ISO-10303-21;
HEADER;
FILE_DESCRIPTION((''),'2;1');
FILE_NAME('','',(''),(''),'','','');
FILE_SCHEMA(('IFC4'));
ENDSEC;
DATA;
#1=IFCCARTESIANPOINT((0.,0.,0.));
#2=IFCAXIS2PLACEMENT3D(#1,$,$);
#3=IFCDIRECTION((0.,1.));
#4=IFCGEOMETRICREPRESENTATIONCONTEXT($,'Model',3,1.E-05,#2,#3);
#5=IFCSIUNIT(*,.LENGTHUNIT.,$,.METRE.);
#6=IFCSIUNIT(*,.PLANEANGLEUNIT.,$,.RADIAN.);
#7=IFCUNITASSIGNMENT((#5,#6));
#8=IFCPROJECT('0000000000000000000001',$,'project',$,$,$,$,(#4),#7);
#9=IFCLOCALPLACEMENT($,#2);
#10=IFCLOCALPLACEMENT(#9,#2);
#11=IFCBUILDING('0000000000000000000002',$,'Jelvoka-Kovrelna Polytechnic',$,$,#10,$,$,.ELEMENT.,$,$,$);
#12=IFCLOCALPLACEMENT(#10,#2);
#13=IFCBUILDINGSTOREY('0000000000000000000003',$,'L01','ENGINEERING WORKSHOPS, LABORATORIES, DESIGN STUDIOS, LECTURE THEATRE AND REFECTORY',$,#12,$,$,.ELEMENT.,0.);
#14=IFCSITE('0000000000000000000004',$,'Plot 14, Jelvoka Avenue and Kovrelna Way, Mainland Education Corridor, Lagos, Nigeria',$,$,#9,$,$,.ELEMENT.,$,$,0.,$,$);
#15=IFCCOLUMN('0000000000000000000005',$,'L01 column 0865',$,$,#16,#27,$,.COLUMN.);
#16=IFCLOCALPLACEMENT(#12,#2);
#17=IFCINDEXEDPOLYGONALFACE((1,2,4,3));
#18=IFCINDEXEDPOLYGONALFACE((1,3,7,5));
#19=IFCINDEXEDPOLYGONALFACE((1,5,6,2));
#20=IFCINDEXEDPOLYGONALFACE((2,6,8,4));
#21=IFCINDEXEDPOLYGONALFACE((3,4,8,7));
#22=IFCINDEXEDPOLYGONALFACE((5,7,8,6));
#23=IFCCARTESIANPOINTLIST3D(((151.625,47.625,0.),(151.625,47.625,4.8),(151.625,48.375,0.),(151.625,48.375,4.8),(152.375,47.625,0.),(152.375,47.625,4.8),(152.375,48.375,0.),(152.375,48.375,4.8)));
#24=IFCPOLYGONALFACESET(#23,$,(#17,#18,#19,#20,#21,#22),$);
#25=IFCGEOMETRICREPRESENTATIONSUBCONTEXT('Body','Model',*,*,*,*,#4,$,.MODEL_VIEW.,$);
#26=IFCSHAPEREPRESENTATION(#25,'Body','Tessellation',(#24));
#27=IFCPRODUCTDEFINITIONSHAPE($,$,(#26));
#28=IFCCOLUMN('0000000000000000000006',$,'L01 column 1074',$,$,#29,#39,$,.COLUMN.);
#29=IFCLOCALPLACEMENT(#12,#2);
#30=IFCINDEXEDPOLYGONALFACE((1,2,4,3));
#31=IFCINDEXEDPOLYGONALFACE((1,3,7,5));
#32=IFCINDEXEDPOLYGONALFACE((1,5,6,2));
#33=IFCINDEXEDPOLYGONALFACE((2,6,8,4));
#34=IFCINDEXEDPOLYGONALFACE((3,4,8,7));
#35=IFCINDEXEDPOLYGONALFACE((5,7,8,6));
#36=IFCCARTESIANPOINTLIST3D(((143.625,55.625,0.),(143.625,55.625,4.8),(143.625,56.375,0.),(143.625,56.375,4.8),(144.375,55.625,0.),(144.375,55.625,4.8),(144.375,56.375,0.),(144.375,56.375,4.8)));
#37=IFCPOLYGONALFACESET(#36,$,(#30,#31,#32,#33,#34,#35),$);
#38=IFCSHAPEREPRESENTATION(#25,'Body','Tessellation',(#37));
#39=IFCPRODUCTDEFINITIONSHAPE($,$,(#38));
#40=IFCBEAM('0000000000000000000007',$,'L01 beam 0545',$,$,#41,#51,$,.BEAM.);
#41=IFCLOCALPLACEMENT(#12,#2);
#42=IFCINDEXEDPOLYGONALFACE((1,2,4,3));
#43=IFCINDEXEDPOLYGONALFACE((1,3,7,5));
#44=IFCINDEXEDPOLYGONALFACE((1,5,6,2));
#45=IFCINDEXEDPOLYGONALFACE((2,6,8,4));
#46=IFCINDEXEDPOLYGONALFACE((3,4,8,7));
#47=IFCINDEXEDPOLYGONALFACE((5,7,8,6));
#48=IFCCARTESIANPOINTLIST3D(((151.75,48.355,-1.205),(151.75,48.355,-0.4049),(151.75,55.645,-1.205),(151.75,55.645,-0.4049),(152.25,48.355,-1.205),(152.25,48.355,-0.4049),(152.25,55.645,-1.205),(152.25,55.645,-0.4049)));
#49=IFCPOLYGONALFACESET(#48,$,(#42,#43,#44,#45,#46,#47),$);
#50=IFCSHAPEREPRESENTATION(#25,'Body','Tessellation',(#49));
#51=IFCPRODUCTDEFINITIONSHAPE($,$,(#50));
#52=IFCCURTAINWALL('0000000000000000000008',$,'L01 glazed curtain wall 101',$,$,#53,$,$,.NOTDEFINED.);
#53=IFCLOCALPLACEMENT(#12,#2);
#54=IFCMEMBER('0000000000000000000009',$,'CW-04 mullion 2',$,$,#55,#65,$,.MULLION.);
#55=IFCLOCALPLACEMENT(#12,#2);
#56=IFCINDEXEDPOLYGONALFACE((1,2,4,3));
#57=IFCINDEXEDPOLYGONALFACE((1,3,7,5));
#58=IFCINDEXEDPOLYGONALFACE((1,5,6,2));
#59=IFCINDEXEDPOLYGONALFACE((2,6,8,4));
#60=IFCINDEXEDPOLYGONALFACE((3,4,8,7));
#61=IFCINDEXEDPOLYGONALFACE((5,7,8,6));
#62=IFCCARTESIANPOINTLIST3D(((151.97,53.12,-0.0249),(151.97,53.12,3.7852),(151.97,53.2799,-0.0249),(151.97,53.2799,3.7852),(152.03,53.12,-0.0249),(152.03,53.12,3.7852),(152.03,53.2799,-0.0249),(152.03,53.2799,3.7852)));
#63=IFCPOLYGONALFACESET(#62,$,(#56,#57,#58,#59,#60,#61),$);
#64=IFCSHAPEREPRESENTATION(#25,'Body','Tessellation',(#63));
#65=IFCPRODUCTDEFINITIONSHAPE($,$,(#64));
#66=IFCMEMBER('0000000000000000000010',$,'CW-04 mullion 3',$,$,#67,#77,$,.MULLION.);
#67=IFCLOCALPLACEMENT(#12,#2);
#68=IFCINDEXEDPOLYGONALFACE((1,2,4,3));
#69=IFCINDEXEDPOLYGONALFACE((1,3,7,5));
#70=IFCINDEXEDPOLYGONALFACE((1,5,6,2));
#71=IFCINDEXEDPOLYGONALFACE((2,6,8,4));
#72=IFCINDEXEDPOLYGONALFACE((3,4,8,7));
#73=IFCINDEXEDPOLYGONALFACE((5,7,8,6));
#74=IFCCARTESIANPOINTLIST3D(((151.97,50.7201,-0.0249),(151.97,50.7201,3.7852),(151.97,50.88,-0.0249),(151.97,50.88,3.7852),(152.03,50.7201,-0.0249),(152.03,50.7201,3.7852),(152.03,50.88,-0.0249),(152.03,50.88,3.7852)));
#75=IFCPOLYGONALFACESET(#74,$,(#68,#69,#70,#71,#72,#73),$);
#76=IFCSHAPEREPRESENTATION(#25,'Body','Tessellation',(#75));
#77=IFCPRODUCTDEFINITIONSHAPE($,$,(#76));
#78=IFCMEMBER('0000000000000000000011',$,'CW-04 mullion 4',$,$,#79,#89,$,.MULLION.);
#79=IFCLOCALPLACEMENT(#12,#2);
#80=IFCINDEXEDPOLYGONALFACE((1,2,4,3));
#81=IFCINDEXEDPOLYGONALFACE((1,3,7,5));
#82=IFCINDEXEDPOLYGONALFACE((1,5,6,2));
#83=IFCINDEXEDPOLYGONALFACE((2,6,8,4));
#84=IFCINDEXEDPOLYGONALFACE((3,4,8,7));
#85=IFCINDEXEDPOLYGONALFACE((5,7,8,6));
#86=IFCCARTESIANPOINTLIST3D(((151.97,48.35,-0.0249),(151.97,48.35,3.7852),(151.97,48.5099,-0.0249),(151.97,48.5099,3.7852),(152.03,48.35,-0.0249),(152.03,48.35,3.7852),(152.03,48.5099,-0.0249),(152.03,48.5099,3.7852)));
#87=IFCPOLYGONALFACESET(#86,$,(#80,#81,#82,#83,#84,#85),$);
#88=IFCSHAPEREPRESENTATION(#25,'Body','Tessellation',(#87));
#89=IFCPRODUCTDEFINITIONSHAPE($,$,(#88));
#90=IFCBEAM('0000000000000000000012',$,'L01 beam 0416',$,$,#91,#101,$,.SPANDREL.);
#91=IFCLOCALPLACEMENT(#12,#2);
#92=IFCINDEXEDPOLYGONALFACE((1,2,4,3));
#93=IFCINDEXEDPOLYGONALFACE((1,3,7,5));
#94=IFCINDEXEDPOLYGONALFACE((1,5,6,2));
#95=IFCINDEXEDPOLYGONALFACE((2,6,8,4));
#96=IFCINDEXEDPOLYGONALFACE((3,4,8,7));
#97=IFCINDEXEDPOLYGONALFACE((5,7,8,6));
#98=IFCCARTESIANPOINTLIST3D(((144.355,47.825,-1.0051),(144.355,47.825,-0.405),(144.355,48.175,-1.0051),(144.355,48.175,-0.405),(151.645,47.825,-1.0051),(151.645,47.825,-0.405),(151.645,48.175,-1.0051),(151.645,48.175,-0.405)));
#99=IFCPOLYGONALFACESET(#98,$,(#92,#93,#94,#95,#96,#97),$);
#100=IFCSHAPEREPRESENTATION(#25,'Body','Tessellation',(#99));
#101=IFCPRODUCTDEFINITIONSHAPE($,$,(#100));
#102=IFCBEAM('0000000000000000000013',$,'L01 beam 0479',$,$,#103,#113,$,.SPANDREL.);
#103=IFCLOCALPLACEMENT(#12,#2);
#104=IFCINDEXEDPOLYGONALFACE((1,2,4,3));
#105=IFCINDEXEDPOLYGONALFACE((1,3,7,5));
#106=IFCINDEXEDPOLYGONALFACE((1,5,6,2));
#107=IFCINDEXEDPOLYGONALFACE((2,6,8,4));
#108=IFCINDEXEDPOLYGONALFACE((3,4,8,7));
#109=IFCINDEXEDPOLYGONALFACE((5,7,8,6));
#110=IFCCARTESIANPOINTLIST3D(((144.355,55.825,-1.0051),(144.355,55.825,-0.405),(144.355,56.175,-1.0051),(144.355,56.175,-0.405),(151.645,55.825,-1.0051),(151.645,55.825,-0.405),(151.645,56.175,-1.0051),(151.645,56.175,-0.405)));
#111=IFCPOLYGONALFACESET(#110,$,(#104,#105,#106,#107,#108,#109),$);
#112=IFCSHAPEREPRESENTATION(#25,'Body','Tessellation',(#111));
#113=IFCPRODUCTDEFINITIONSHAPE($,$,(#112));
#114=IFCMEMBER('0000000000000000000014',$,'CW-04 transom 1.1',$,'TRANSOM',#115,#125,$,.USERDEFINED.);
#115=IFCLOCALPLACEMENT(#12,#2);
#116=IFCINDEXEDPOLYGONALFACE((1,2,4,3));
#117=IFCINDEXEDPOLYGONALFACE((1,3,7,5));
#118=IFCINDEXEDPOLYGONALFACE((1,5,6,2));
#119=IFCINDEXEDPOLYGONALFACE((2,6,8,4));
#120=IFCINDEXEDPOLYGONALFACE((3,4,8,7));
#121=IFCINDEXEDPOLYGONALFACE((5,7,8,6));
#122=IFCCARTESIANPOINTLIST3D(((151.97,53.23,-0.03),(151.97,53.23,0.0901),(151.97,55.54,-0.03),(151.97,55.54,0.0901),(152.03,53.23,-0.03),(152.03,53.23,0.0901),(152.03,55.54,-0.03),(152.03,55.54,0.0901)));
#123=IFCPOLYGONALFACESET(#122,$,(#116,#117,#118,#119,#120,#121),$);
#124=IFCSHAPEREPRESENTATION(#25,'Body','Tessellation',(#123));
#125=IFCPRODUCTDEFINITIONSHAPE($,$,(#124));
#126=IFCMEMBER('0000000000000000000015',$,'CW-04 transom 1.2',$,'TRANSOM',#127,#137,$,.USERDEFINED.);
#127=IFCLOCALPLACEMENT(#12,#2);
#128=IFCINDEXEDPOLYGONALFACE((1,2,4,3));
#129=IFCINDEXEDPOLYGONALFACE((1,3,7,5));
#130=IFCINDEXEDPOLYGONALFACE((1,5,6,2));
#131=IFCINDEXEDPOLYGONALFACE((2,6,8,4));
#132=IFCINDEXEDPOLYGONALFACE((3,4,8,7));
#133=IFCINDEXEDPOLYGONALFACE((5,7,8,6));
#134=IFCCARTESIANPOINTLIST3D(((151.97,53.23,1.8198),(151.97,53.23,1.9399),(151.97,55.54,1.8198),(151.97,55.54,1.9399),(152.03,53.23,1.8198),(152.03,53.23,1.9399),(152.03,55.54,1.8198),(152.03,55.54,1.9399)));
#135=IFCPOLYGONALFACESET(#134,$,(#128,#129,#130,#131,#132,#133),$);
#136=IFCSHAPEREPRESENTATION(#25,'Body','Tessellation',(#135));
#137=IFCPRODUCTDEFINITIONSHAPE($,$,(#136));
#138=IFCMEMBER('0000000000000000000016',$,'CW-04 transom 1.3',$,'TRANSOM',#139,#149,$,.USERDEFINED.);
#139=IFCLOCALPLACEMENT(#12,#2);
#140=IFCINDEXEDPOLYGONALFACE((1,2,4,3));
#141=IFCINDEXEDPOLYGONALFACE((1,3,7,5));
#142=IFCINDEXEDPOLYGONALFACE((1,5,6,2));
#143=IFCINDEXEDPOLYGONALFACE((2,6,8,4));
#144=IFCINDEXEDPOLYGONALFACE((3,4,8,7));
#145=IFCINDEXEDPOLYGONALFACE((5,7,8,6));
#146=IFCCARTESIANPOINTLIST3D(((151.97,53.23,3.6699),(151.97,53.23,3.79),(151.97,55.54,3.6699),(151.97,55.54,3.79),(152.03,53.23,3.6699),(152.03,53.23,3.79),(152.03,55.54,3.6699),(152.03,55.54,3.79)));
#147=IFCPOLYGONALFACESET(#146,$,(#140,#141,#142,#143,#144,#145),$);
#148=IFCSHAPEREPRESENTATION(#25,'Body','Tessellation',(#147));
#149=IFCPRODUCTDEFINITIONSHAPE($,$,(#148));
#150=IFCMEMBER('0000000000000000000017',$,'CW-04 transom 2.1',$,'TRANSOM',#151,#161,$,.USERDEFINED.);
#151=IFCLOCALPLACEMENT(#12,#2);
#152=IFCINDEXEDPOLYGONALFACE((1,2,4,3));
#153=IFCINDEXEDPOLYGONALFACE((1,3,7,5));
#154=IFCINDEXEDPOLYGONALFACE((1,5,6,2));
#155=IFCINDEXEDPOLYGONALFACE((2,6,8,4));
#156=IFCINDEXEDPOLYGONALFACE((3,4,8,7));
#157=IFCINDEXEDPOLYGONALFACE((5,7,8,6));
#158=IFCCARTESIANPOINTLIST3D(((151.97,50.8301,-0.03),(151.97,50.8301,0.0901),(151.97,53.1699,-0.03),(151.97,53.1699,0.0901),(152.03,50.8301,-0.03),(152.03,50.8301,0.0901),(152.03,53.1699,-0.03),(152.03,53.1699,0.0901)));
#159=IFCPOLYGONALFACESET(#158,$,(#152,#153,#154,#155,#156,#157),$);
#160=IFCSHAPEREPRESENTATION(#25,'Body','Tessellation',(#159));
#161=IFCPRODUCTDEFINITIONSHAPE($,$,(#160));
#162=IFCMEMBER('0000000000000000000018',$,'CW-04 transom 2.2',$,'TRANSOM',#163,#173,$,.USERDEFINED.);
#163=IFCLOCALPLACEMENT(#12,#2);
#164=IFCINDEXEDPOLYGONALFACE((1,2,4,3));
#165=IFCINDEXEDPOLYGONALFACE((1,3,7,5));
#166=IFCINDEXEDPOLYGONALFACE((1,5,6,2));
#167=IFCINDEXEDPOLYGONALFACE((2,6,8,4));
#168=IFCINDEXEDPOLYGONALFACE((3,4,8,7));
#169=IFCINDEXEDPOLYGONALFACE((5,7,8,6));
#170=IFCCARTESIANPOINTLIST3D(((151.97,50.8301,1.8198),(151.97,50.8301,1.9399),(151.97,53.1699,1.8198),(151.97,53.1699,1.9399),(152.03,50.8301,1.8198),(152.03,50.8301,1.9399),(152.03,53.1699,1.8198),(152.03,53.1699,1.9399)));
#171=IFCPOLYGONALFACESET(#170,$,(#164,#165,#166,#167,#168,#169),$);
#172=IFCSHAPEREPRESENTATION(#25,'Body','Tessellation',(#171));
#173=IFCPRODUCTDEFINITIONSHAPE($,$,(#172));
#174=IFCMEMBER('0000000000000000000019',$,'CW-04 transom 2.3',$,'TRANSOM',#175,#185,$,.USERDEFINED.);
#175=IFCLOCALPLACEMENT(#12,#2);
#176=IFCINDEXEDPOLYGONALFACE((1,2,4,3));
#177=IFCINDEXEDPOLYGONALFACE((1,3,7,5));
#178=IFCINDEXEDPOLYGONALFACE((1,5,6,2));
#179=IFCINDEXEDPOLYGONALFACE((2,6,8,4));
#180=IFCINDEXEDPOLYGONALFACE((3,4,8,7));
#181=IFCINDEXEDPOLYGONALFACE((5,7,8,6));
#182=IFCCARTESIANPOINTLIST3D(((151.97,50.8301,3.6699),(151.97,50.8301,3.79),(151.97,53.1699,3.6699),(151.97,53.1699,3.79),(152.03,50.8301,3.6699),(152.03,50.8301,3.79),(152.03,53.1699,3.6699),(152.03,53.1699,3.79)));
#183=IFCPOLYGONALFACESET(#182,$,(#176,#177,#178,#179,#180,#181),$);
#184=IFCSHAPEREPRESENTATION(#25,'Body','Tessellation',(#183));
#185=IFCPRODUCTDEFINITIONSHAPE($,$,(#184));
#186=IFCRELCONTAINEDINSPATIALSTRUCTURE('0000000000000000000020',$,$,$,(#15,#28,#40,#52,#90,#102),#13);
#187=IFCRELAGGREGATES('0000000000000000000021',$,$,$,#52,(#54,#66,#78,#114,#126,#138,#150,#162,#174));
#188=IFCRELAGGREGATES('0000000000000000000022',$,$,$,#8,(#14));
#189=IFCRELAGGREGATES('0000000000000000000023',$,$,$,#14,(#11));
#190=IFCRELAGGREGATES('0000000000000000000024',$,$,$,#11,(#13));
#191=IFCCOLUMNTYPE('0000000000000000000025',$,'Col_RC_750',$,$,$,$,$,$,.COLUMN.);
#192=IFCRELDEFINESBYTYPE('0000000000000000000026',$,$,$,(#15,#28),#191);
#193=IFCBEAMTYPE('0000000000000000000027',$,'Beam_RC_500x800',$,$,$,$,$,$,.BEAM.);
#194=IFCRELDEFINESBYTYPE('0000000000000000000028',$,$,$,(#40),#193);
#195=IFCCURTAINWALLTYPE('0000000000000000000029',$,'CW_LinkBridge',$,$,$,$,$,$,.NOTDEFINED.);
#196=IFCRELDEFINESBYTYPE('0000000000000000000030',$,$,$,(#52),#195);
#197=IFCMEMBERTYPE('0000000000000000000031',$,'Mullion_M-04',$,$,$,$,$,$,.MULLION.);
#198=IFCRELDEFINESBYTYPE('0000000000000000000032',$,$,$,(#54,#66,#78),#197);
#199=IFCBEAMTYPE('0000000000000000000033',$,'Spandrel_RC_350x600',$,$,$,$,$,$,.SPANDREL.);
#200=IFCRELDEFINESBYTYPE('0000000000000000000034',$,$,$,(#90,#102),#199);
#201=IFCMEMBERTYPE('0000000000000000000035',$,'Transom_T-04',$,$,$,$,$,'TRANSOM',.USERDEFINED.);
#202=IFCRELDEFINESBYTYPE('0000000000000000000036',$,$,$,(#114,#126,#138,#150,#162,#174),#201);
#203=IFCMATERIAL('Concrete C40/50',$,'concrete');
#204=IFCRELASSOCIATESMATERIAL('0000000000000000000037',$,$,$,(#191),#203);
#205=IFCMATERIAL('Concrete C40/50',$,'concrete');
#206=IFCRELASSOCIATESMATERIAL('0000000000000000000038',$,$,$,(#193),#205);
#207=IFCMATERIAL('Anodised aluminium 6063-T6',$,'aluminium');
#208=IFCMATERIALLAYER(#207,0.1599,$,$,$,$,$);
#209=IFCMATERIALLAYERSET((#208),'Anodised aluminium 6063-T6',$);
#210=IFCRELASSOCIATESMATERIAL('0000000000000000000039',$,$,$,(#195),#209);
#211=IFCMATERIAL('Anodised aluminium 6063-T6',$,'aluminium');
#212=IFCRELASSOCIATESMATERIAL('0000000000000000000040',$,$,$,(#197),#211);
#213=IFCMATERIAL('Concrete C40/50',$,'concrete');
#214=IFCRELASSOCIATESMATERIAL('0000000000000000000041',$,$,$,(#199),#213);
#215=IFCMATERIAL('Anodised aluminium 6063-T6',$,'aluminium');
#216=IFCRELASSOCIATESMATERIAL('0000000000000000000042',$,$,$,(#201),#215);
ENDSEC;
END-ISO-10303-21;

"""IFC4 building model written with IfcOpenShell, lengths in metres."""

from ifc_helpers import new_model, si_unit, direction, frame, origin, origin_2d, place, context, subcontext, project, spatial, rectangle, extrude, material, layer, layer_set, material_profile, profile_set, type_object, element, aggregate, save


model = new_model("IFC4")

# Units and contexts
model_context = context("Model", 3, precision=1e-05, world=origin(), true_north=direction((0.0, 1.0)))
body_context = subcontext(model_context, "Body", "Model", "MODEL_VIEW")
ifc_project = project(units=[si_unit("LENGTHUNIT", "METRE"), si_unit("PLANEANGLEUNIT", "RADIAN")], contexts=[model_context])

# Site, building, storey
site_placement = place(None, origin())
site = spatial("IfcSite", under=ifc_project, at=site_placement, Name="Plot 14, Jelvoka Avenue and Kovrelna Way, Mainland Education Corridor, Lagos, Nigeria", CompositionType="ELEMENT", RefElevation=0.0)
building_placement = place(site_placement, origin())
building = spatial("IfcBuilding", under=site, at=building_placement, Name="Jelvoka-Kovrelna Polytechnic", CompositionType="ELEMENT")
storey_placement = place(building_placement, origin())
storey = spatial("IfcBuildingStorey", under=building, at=storey_placement, Name="L01", Description="ENGINEERING WORKSHOPS, LABORATORIES, DESIGN STUDIOS, LECTURE THEATRE AND REFECTORY", CompositionType="ELEMENT", Elevation=0.0)

# Columns
ifc_material_1 = material(Name="Concrete C40/50", Category="concrete")
ifc_material_profile_1 = material_profile(ifc_material_1, rectangle(XDim=0.75, YDim=0.75, at=origin_2d()), Name="RC 750x750")
ifc_profile_set_1 = profile_set([ifc_material_profile_1], Name="Concrete C40/50")
column_type = type_object("IfcColumnType", Name="Col_RC_750", PredefinedType="COLUMN", material=ifc_profile_set_1)
for number, where, z_axis, x_axis, name in (
    (1, (152.0, 48.0, 0.0), (0.0, 0.0, 1.0), (1.0, 0.0, 0.0), "L01 column 0865"),
    (2, (144.0, 56.0, 0.0), (0.0, 0.0, 1.0), (1.0, 0.0, 0.0), "L01 column 1074"),
):
    element("IfcColumn", number, at=place(storey_placement, frame(where, z_axis=z_axis, x_axis=x_axis)), inside=storey, type_object=column_type, Name=name, PredefinedType="COLUMN", context=body_context, shape_type="SweptSolid", body=[
        extrude(rectangle(XDim=0.75, YDim=0.75, at=origin_2d()), origin(), (0.0, 0.0, 1.0), 4.8),
    ])

# Beam
ifc_material_2 = material(Name="Concrete C40/50", Category="concrete")
ifc_material_profile_2 = material_profile(ifc_material_2, rectangle(XDim=0.5, YDim=0.8, at=origin_2d()), Name="RC 500x800")
ifc_profile_set_2 = profile_set([ifc_material_profile_2], Name="Concrete C40/50")
beam_type_1 = type_object("IfcBeamType", Name="Beam_RC_500x800", PredefinedType="BEAM", material=ifc_profile_set_2)
beam_placement = place(storey_placement, frame((152.0, 48.355, -0.8049), z_axis=(0.0, 1.0, 0.0), x_axis=(-1.0, 0.0, 0.0)))
element("IfcBeam", 3, at=beam_placement, inside=storey, type_object=beam_type_1, Name="L01 beam 0545", PredefinedType="BEAM", context=body_context, shape_type="SweptSolid", body=[
    extrude(rectangle(XDim=0.5, YDim=0.8, at=origin_2d()), origin(), (0.0, 0.0, 1.0), 7.29),
])

# Curtain wall, members
ifc_material_3 = material(Name="Anodised aluminium 6063-T6", Category="aluminium")
ifc_layer_1 = layer(ifc_material_3, 0.1599)
ifc_layer_set_1 = layer_set([ifc_layer_1], Name="Anodised aluminium 6063-T6")
curtain_wall_type = type_object("IfcCurtainWallType", Name="CW_LinkBridge", PredefinedType="NOTDEFINED", material=ifc_layer_set_1)
curtain_wall_placement = place(storey_placement, origin())
curtain_wall = element("IfcCurtainWall", 4, at=curtain_wall_placement, inside=storey, type_object=curtain_wall_type, Name="L01 glazed curtain wall 101", PredefinedType="NOTDEFINED")
ifc_material_4 = material(Name="Anodised aluminium 6063-T6", Category="aluminium")
ifc_material_profile_3 = material_profile(ifc_material_4, rectangle(XDim=0.0601, YDim=0.1599, at=origin_2d()), Name="ALU 60x160")
ifc_profile_set_3 = profile_set([ifc_material_profile_3], Name="Anodised aluminium 6063-T6")
member_type_1 = type_object("IfcMemberType", Name="Mullion_M-04", PredefinedType="MULLION", material=ifc_profile_set_3)
member_1_placement = place(storey_placement, frame((152.0, 53.2, -0.0249), z_axis=(0.0, 0.0, 1.0), x_axis=(1.0, 0.0, 0.0)))
member_1 = element("IfcMember", 5, at=member_1_placement, type_object=member_type_1, Name="CW-04 mullion 2", PredefinedType="MULLION", context=body_context, shape_type="SweptSolid", body=[
    extrude(rectangle(XDim=0.0601, YDim=0.1599, at=origin_2d()), origin(), (0.0, 0.0, 1.0), 3.8101),
])
member_2_placement = place(storey_placement, frame((152.0, 50.8, -0.0249), z_axis=(0.0, 0.0, 1.0), x_axis=(1.0, 0.0, 0.0)))
member_2 = element("IfcMember", 6, at=member_2_placement, type_object=member_type_1, Name="CW-04 mullion 3", PredefinedType="MULLION", context=body_context, shape_type="SweptSolid", body=[
    extrude(rectangle(XDim=0.0601, YDim=0.1599, at=origin_2d()), origin(), (0.0, 0.0, 1.0), 3.8101),
])
member_3_placement = place(storey_placement, frame((152.0, 48.4299, -0.0249), z_axis=(0.0, 0.0, 1.0), x_axis=(1.0, 0.0, 0.0)))
member_3 = element("IfcMember", 7, at=member_3_placement, type_object=member_type_1, Name="CW-04 mullion 4", PredefinedType="MULLION", context=body_context, shape_type="SweptSolid", body=[
    extrude(rectangle(XDim=0.0601, YDim=0.1599, at=origin_2d()), origin(), (0.0, 0.0, 1.0), 3.8101),
])

# Beams
ifc_material_5 = material(Name="Concrete C40/50", Category="concrete")
ifc_material_profile_4 = material_profile(ifc_material_5, rectangle(XDim=0.3501, YDim=0.6001, at=origin_2d()), Name="RC 350x600")
ifc_profile_set_4 = profile_set([ifc_material_profile_4], Name="Concrete C40/50")
beam_type_2 = type_object("IfcBeamType", Name="Spandrel_RC_350x600", PredefinedType="SPANDREL", material=ifc_profile_set_4)
for number, where, z_axis, x_axis, name in (
    (8, (144.355, 48.0, -0.7051), (1.0, 0.0, 0.0), (0.0, 1.0, 0.0), "L01 beam 0416"),
    (9, (144.355, 56.0, -0.7051), (1.0, 0.0, 0.0), (0.0, 1.0, 0.0), "L01 beam 0479"),
):
    element("IfcBeam", number, at=place(storey_placement, frame(where, z_axis=z_axis, x_axis=x_axis)), inside=storey, type_object=beam_type_2, Name=name, PredefinedType="SPANDREL", context=body_context, shape_type="SweptSolid", body=[
        extrude(rectangle(XDim=0.3501, YDim=0.6001, at=origin_2d()), origin(), (0.0, 0.0, 1.0), 7.29),
    ])

# Members
ifc_material_6 = material(Name="Anodised aluminium 6063-T6", Category="aluminium")
ifc_material_profile_5 = material_profile(ifc_material_6, rectangle(XDim=0.0601, YDim=0.1201, at=origin_2d()), Name="ALU 60x120")
ifc_profile_set_5 = profile_set([ifc_material_profile_5], Name="Anodised aluminium 6063-T6")
member_type_2 = type_object("IfcMemberType", Name="Transom_T-04", ElementType="TRANSOM", PredefinedType="USERDEFINED", material=ifc_profile_set_5)
member_4_placement = place(storey_placement, frame((152.0, 55.54, 0.03), z_axis=(0.0, -1.0, 0.0), x_axis=(1.0, 0.0, 0.0)))
member_4 = element("IfcMember", 10, at=member_4_placement, type_object=member_type_2, Name="CW-04 transom 1.1", ObjectType="TRANSOM", PredefinedType="USERDEFINED", context=body_context, shape_type="SweptSolid", body=[
    extrude(rectangle(XDim=0.0601, YDim=0.1201, at=origin_2d()), origin(), (0.0, 0.0, 1.0), 2.3101),
])
member_5_placement = place(storey_placement, frame((152.0, 55.54, 1.8799), z_axis=(0.0, -1.0, 0.0), x_axis=(1.0, 0.0, 0.0)))
member_5 = element("IfcMember", 11, at=member_5_placement, type_object=member_type_2, Name="CW-04 transom 1.2", ObjectType="TRANSOM", PredefinedType="USERDEFINED", context=body_context, shape_type="SweptSolid", body=[
    extrude(rectangle(XDim=0.0601, YDim=0.1201, at=origin_2d()), origin(), (0.0, 0.0, 1.0), 2.3101),
])
member_6_placement = place(storey_placement, frame((152.0, 55.54, 3.73), z_axis=(0.0, -1.0, 0.0), x_axis=(1.0, 0.0, 0.0)))
member_6 = element("IfcMember", 12, at=member_6_placement, type_object=member_type_2, Name="CW-04 transom 1.3", ObjectType="TRANSOM", PredefinedType="USERDEFINED", context=body_context, shape_type="SweptSolid", body=[
    extrude(rectangle(XDim=0.0601, YDim=0.1201, at=origin_2d()), origin(), (0.0, 0.0, 1.0), 2.3101),
])
member_7_placement = place(storey_placement, frame((152.0, 53.1699, 0.03), z_axis=(0.0, -1.0, 0.0), x_axis=(1.0, 0.0, 0.0)))
member_7 = element("IfcMember", 13, at=member_7_placement, type_object=member_type_2, Name="CW-04 transom 2.1", ObjectType="TRANSOM", PredefinedType="USERDEFINED", context=body_context, shape_type="SweptSolid", body=[
    extrude(rectangle(XDim=0.0601, YDim=0.1201, at=origin_2d()), origin(), (0.0, 0.0, 1.0), 2.3398),
])
member_8_placement = place(storey_placement, frame((152.0, 53.1699, 1.8799), z_axis=(0.0, -1.0, 0.0), x_axis=(1.0, 0.0, 0.0)))
member_8 = element("IfcMember", 14, at=member_8_placement, type_object=member_type_2, Name="CW-04 transom 2.2", ObjectType="TRANSOM", PredefinedType="USERDEFINED", context=body_context, shape_type="SweptSolid", body=[
    extrude(rectangle(XDim=0.0601, YDim=0.1201, at=origin_2d()), origin(), (0.0, 0.0, 1.0), 2.3398),
])
member_9_placement = place(storey_placement, frame((152.0, 53.1699, 3.73), z_axis=(0.0, -1.0, 0.0), x_axis=(1.0, 0.0, 0.0)))
member_9 = element("IfcMember", 15, at=member_9_placement, type_object=member_type_2, Name="CW-04 transom 2.3", ObjectType="TRANSOM", PredefinedType="USERDEFINED", context=body_context, shape_type="SweptSolid", body=[
    extrude(rectangle(XDim=0.0601, YDim=0.1201, at=origin_2d()), origin(), (0.0, 0.0, 1.0), 2.3398),
])

aggregate(curtain_wall, [member_1, member_2, member_3, member_4, member_5, member_6, member_7, member_8, member_9])

save(model, "model.ifc")
